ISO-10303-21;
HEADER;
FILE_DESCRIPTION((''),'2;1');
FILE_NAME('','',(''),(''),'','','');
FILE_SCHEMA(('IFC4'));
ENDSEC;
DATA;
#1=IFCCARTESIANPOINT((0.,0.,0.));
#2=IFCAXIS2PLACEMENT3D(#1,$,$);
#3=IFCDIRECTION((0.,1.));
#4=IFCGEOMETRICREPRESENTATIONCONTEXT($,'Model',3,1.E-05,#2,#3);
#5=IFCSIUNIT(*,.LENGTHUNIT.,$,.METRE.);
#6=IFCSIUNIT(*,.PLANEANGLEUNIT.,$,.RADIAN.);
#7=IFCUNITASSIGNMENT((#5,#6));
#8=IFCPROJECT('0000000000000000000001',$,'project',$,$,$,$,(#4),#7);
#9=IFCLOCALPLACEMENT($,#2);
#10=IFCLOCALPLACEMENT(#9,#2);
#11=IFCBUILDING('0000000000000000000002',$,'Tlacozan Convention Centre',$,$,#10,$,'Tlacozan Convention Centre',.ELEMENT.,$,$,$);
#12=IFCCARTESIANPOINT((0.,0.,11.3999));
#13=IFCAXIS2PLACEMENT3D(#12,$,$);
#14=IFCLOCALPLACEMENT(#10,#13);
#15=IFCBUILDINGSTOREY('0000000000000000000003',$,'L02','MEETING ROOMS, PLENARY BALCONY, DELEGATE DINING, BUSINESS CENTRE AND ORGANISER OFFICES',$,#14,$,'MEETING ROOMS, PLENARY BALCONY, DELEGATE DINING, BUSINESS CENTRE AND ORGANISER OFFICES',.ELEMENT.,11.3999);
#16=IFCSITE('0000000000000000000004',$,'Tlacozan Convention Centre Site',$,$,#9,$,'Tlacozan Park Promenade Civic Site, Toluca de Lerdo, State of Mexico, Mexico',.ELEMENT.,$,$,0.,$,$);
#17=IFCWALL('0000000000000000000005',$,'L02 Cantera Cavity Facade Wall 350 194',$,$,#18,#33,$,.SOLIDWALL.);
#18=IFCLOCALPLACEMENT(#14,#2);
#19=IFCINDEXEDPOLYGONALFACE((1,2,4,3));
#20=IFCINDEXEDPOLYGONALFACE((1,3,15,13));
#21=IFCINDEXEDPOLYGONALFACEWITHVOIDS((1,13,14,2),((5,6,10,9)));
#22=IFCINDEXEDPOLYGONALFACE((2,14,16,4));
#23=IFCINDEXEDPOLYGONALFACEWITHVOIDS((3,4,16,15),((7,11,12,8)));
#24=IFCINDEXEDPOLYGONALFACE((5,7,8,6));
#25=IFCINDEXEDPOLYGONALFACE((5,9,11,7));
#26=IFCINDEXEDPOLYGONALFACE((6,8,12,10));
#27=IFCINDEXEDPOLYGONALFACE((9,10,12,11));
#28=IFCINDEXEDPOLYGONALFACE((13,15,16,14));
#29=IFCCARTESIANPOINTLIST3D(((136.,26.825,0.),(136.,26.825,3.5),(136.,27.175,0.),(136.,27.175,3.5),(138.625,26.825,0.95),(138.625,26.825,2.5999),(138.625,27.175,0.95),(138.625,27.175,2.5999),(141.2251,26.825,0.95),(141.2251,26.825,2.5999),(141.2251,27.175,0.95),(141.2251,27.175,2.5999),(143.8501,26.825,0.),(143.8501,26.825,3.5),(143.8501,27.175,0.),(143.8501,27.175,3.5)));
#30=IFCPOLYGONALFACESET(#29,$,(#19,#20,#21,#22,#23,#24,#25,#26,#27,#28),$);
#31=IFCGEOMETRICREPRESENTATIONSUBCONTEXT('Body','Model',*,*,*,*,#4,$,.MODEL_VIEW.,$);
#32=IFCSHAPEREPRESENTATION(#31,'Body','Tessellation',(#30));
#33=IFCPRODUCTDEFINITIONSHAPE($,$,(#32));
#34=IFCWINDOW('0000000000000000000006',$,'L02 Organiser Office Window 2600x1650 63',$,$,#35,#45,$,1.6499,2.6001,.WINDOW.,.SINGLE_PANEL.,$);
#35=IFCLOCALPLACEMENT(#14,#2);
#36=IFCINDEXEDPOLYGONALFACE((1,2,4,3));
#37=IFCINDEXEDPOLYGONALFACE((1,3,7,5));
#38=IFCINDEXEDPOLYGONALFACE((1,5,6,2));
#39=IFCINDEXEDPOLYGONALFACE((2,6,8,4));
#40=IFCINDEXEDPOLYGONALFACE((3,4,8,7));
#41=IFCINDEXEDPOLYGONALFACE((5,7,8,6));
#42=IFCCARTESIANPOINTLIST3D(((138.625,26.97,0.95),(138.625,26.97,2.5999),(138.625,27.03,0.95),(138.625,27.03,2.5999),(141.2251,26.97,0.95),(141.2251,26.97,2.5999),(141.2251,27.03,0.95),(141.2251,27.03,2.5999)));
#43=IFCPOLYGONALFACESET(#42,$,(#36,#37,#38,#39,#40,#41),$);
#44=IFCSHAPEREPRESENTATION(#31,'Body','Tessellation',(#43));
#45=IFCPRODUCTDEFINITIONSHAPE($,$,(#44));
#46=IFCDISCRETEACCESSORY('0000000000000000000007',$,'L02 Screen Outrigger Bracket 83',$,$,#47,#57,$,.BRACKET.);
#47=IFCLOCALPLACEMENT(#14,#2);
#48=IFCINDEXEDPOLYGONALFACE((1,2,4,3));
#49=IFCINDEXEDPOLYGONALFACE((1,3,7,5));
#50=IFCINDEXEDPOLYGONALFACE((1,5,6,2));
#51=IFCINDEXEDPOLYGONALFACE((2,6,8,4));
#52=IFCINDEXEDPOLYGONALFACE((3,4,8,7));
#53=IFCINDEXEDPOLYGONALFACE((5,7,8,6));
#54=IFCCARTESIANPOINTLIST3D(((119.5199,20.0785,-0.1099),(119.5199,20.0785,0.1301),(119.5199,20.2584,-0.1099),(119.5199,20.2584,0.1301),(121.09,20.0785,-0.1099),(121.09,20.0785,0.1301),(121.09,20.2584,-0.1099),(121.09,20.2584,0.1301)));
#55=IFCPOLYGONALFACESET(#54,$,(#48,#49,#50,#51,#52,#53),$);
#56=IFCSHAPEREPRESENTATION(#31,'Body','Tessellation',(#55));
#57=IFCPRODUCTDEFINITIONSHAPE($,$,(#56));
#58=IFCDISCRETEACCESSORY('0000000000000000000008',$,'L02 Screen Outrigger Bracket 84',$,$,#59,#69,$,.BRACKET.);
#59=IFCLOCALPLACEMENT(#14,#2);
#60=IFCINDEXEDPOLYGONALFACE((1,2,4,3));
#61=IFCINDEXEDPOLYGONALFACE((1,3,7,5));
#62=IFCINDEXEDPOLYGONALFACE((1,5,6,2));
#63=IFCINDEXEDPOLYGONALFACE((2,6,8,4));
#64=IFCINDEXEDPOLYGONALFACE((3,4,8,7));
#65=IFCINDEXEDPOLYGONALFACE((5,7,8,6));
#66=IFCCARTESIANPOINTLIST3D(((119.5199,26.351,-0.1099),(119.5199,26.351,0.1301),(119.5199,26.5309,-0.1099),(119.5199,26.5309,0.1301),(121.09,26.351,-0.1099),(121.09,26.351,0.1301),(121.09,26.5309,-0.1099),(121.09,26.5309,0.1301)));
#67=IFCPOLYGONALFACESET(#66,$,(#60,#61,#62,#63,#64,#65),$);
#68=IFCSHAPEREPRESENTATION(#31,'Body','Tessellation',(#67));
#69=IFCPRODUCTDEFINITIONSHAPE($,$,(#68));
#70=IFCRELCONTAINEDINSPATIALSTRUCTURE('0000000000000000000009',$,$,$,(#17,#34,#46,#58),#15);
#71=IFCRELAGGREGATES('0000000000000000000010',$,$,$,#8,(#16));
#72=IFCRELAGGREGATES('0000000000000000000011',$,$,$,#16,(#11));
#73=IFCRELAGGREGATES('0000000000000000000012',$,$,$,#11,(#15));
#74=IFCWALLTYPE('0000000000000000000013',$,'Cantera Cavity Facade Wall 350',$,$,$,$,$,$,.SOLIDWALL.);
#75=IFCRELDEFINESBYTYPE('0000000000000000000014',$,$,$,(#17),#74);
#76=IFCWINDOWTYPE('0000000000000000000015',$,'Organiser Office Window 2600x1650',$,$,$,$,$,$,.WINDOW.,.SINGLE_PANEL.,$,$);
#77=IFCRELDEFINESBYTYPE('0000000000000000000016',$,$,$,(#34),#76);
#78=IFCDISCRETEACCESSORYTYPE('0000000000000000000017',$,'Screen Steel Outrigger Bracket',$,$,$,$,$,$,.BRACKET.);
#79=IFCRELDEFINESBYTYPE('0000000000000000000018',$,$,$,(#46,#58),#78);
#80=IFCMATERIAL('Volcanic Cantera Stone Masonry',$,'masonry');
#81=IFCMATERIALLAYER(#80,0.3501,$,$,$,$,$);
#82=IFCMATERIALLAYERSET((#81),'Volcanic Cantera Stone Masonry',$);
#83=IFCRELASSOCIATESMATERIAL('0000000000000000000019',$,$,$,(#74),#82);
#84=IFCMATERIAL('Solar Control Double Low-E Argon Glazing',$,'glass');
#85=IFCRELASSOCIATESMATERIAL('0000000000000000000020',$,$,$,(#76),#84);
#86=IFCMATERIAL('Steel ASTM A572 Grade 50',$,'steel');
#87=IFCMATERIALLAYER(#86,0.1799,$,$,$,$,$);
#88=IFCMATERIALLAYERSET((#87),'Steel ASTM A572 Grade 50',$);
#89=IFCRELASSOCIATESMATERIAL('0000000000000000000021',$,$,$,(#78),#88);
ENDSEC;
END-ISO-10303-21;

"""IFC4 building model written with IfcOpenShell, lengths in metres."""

from ifc_helpers import new_model, si_unit, direction, frame, frame_2d, origin, origin_2d, place, context, subcontext, project, spatial, rectangle, extrude, material, layer, layer_set, type_object, element, fill, save


model = new_model("IFC4")

# Units and contexts
model_context = context("Model", 3, precision=1e-05, world=origin(), true_north=direction((0.0, 1.0)))
body_context = subcontext(model_context, "Body", "Model", "MODEL_VIEW")
ifc_project = project(units=[si_unit("LENGTHUNIT", "METRE"), si_unit("PLANEANGLEUNIT", "RADIAN")], contexts=[model_context])

# Site, building, storey
site_placement = place(None, origin())
site = spatial("IfcSite", under=ifc_project, at=site_placement, Name="Tlacozan Convention Centre Site", LongName="Tlacozan Park Promenade Civic Site, Toluca de Lerdo, State of Mexico, Mexico", CompositionType="ELEMENT", RefElevation=0.0)
building_placement = place(site_placement, origin())
building = spatial("IfcBuilding", under=site, at=building_placement, Name="Tlacozan Convention Centre", LongName="Tlacozan Convention Centre", CompositionType="ELEMENT")
storey_placement = place(building_placement, frame((0.0, 0.0, 11.3999)))
storey = spatial("IfcBuildingStorey", under=building, at=storey_placement, Name="L02", Description="MEETING ROOMS, PLENARY BALCONY, DELEGATE DINING, BUSINESS CENTRE AND ORGANISER OFFICES", LongName="MEETING ROOMS, PLENARY BALCONY, DELEGATE DINING, BUSINESS CENTRE AND ORGANISER OFFICES", CompositionType="ELEMENT", Elevation=11.3999)

# Shared definitions
ifc_material_1 = material(Name="Solar Control Double Low-E Argon Glazing", Category="glass")

# Wall, opening, window
ifc_material_2 = material(Name="Volcanic Cantera Stone Masonry", Category="masonry")
ifc_layer_1 = layer(ifc_material_2, 0.3501)
ifc_layer_set_1 = layer_set([ifc_layer_1], Name="Volcanic Cantera Stone Masonry")
wall_type = type_object("IfcWallType", Name="Cantera Cavity Facade Wall 350", PredefinedType="SOLIDWALL", material=ifc_layer_set_1)
wall_1_placement = place(storey_placement, frame((136.0, 27.0, 0.0), z_axis=(0.0, 0.0, 1.0), x_axis=(1.0, 0.0, 0.0)))
wall_1 = element("IfcWall", 1, at=wall_1_placement, inside=storey, type_object=wall_type, Name="L02 Cantera Cavity Facade Wall 350 194", PredefinedType="SOLIDWALL", context=body_context, shape_type="SweptSolid", body=[
    extrude(rectangle(XDim=7.8501, YDim=0.3501, at=frame_2d((3.925, 0.0))), origin(), (0.0, 0.0, 1.0), 3.5),
])
opening_1_placement = place(wall_1_placement, frame((2.625, 0.0, 0.95)))
opening_1 = element("IfcOpeningElement", 2, at=opening_1_placement, cuts=wall_1, PredefinedType="OPENING", context=body_context, shape_type="SweptSolid", body=[
    extrude(rectangle(XDim=2.6001, YDim=1.6499, at=frame_2d((1.3, 0.825))), frame((0.0, 0.1851, 0.0), z_axis=(0.0, -1.0, 0.0), x_axis=(1.0, 0.0, 0.0)), (0.0, 0.0, 1.0), 0.3701),
])
window_type_1 = type_object("IfcWindowType", Name="Organiser Office Window 2600x1650", PartitioningType="SINGLE_PANEL", PredefinedType="WINDOW", material=ifc_material_1)
window_1_placement = place(opening_1_placement, origin())
window_1 = element("IfcWindow", 3, at=window_1_placement, inside=storey, type_object=window_type_1, Name="L02 Organiser Office Window 2600x1650 63", OverallHeight=1.6499, OverallWidth=2.6001, PartitioningType="SINGLE_PANEL", PredefinedType="WINDOW", context=body_context, shape_type="SweptSolid", body=[
    extrude(rectangle(XDim=2.6001, YDim=1.6499, at=frame_2d((1.3, 0.825))), frame((0.0, 0.03, 0.0), z_axis=(0.0, -1.0, 0.0), x_axis=(1.0, 0.0, 0.0)), (0.0, 0.0, 1.0), 0.0601),
])
fill(opening_1, window_1)

# Discrete accessories
ifc_material_3 = material(Name="Steel ASTM A572 Grade 50", Category="steel")
ifc_layer_2 = layer(ifc_material_3, 0.1799)
ifc_layer_set_2 = layer_set([ifc_layer_2], Name="Steel ASTM A572 Grade 50")
discrete_accessory_type = type_object("IfcDiscreteAccessoryType", Name="Screen Steel Outrigger Bracket", PredefinedType="BRACKET", material=ifc_layer_set_2)
for number, where, z_axis, x_axis, name in (
    (4, (120.3049, 20.1685, -0.1099), (0.0, 0.0, 1.0), (-1.0, 0.0, 0.0), "L02 Screen Outrigger Bracket 83"),
    (5, (120.3049, 26.4409, -0.1099), (0.0, 0.0, 1.0), (-1.0, 0.0, 0.0), "L02 Screen Outrigger Bracket 84"),
):
    element("IfcDiscreteAccessory", number, at=place(storey_placement, frame(where, z_axis=z_axis, x_axis=x_axis)), inside=storey, type_object=discrete_accessory_type, Name=name, PredefinedType="BRACKET", context=body_context, shape_type="SweptSolid", body=[
        extrude(rectangle(XDim=1.5701, YDim=0.1799, at=origin_2d()), origin(), (0.0, 0.0, 1.0), 0.24),
    ])

save(model, "model.ifc")
